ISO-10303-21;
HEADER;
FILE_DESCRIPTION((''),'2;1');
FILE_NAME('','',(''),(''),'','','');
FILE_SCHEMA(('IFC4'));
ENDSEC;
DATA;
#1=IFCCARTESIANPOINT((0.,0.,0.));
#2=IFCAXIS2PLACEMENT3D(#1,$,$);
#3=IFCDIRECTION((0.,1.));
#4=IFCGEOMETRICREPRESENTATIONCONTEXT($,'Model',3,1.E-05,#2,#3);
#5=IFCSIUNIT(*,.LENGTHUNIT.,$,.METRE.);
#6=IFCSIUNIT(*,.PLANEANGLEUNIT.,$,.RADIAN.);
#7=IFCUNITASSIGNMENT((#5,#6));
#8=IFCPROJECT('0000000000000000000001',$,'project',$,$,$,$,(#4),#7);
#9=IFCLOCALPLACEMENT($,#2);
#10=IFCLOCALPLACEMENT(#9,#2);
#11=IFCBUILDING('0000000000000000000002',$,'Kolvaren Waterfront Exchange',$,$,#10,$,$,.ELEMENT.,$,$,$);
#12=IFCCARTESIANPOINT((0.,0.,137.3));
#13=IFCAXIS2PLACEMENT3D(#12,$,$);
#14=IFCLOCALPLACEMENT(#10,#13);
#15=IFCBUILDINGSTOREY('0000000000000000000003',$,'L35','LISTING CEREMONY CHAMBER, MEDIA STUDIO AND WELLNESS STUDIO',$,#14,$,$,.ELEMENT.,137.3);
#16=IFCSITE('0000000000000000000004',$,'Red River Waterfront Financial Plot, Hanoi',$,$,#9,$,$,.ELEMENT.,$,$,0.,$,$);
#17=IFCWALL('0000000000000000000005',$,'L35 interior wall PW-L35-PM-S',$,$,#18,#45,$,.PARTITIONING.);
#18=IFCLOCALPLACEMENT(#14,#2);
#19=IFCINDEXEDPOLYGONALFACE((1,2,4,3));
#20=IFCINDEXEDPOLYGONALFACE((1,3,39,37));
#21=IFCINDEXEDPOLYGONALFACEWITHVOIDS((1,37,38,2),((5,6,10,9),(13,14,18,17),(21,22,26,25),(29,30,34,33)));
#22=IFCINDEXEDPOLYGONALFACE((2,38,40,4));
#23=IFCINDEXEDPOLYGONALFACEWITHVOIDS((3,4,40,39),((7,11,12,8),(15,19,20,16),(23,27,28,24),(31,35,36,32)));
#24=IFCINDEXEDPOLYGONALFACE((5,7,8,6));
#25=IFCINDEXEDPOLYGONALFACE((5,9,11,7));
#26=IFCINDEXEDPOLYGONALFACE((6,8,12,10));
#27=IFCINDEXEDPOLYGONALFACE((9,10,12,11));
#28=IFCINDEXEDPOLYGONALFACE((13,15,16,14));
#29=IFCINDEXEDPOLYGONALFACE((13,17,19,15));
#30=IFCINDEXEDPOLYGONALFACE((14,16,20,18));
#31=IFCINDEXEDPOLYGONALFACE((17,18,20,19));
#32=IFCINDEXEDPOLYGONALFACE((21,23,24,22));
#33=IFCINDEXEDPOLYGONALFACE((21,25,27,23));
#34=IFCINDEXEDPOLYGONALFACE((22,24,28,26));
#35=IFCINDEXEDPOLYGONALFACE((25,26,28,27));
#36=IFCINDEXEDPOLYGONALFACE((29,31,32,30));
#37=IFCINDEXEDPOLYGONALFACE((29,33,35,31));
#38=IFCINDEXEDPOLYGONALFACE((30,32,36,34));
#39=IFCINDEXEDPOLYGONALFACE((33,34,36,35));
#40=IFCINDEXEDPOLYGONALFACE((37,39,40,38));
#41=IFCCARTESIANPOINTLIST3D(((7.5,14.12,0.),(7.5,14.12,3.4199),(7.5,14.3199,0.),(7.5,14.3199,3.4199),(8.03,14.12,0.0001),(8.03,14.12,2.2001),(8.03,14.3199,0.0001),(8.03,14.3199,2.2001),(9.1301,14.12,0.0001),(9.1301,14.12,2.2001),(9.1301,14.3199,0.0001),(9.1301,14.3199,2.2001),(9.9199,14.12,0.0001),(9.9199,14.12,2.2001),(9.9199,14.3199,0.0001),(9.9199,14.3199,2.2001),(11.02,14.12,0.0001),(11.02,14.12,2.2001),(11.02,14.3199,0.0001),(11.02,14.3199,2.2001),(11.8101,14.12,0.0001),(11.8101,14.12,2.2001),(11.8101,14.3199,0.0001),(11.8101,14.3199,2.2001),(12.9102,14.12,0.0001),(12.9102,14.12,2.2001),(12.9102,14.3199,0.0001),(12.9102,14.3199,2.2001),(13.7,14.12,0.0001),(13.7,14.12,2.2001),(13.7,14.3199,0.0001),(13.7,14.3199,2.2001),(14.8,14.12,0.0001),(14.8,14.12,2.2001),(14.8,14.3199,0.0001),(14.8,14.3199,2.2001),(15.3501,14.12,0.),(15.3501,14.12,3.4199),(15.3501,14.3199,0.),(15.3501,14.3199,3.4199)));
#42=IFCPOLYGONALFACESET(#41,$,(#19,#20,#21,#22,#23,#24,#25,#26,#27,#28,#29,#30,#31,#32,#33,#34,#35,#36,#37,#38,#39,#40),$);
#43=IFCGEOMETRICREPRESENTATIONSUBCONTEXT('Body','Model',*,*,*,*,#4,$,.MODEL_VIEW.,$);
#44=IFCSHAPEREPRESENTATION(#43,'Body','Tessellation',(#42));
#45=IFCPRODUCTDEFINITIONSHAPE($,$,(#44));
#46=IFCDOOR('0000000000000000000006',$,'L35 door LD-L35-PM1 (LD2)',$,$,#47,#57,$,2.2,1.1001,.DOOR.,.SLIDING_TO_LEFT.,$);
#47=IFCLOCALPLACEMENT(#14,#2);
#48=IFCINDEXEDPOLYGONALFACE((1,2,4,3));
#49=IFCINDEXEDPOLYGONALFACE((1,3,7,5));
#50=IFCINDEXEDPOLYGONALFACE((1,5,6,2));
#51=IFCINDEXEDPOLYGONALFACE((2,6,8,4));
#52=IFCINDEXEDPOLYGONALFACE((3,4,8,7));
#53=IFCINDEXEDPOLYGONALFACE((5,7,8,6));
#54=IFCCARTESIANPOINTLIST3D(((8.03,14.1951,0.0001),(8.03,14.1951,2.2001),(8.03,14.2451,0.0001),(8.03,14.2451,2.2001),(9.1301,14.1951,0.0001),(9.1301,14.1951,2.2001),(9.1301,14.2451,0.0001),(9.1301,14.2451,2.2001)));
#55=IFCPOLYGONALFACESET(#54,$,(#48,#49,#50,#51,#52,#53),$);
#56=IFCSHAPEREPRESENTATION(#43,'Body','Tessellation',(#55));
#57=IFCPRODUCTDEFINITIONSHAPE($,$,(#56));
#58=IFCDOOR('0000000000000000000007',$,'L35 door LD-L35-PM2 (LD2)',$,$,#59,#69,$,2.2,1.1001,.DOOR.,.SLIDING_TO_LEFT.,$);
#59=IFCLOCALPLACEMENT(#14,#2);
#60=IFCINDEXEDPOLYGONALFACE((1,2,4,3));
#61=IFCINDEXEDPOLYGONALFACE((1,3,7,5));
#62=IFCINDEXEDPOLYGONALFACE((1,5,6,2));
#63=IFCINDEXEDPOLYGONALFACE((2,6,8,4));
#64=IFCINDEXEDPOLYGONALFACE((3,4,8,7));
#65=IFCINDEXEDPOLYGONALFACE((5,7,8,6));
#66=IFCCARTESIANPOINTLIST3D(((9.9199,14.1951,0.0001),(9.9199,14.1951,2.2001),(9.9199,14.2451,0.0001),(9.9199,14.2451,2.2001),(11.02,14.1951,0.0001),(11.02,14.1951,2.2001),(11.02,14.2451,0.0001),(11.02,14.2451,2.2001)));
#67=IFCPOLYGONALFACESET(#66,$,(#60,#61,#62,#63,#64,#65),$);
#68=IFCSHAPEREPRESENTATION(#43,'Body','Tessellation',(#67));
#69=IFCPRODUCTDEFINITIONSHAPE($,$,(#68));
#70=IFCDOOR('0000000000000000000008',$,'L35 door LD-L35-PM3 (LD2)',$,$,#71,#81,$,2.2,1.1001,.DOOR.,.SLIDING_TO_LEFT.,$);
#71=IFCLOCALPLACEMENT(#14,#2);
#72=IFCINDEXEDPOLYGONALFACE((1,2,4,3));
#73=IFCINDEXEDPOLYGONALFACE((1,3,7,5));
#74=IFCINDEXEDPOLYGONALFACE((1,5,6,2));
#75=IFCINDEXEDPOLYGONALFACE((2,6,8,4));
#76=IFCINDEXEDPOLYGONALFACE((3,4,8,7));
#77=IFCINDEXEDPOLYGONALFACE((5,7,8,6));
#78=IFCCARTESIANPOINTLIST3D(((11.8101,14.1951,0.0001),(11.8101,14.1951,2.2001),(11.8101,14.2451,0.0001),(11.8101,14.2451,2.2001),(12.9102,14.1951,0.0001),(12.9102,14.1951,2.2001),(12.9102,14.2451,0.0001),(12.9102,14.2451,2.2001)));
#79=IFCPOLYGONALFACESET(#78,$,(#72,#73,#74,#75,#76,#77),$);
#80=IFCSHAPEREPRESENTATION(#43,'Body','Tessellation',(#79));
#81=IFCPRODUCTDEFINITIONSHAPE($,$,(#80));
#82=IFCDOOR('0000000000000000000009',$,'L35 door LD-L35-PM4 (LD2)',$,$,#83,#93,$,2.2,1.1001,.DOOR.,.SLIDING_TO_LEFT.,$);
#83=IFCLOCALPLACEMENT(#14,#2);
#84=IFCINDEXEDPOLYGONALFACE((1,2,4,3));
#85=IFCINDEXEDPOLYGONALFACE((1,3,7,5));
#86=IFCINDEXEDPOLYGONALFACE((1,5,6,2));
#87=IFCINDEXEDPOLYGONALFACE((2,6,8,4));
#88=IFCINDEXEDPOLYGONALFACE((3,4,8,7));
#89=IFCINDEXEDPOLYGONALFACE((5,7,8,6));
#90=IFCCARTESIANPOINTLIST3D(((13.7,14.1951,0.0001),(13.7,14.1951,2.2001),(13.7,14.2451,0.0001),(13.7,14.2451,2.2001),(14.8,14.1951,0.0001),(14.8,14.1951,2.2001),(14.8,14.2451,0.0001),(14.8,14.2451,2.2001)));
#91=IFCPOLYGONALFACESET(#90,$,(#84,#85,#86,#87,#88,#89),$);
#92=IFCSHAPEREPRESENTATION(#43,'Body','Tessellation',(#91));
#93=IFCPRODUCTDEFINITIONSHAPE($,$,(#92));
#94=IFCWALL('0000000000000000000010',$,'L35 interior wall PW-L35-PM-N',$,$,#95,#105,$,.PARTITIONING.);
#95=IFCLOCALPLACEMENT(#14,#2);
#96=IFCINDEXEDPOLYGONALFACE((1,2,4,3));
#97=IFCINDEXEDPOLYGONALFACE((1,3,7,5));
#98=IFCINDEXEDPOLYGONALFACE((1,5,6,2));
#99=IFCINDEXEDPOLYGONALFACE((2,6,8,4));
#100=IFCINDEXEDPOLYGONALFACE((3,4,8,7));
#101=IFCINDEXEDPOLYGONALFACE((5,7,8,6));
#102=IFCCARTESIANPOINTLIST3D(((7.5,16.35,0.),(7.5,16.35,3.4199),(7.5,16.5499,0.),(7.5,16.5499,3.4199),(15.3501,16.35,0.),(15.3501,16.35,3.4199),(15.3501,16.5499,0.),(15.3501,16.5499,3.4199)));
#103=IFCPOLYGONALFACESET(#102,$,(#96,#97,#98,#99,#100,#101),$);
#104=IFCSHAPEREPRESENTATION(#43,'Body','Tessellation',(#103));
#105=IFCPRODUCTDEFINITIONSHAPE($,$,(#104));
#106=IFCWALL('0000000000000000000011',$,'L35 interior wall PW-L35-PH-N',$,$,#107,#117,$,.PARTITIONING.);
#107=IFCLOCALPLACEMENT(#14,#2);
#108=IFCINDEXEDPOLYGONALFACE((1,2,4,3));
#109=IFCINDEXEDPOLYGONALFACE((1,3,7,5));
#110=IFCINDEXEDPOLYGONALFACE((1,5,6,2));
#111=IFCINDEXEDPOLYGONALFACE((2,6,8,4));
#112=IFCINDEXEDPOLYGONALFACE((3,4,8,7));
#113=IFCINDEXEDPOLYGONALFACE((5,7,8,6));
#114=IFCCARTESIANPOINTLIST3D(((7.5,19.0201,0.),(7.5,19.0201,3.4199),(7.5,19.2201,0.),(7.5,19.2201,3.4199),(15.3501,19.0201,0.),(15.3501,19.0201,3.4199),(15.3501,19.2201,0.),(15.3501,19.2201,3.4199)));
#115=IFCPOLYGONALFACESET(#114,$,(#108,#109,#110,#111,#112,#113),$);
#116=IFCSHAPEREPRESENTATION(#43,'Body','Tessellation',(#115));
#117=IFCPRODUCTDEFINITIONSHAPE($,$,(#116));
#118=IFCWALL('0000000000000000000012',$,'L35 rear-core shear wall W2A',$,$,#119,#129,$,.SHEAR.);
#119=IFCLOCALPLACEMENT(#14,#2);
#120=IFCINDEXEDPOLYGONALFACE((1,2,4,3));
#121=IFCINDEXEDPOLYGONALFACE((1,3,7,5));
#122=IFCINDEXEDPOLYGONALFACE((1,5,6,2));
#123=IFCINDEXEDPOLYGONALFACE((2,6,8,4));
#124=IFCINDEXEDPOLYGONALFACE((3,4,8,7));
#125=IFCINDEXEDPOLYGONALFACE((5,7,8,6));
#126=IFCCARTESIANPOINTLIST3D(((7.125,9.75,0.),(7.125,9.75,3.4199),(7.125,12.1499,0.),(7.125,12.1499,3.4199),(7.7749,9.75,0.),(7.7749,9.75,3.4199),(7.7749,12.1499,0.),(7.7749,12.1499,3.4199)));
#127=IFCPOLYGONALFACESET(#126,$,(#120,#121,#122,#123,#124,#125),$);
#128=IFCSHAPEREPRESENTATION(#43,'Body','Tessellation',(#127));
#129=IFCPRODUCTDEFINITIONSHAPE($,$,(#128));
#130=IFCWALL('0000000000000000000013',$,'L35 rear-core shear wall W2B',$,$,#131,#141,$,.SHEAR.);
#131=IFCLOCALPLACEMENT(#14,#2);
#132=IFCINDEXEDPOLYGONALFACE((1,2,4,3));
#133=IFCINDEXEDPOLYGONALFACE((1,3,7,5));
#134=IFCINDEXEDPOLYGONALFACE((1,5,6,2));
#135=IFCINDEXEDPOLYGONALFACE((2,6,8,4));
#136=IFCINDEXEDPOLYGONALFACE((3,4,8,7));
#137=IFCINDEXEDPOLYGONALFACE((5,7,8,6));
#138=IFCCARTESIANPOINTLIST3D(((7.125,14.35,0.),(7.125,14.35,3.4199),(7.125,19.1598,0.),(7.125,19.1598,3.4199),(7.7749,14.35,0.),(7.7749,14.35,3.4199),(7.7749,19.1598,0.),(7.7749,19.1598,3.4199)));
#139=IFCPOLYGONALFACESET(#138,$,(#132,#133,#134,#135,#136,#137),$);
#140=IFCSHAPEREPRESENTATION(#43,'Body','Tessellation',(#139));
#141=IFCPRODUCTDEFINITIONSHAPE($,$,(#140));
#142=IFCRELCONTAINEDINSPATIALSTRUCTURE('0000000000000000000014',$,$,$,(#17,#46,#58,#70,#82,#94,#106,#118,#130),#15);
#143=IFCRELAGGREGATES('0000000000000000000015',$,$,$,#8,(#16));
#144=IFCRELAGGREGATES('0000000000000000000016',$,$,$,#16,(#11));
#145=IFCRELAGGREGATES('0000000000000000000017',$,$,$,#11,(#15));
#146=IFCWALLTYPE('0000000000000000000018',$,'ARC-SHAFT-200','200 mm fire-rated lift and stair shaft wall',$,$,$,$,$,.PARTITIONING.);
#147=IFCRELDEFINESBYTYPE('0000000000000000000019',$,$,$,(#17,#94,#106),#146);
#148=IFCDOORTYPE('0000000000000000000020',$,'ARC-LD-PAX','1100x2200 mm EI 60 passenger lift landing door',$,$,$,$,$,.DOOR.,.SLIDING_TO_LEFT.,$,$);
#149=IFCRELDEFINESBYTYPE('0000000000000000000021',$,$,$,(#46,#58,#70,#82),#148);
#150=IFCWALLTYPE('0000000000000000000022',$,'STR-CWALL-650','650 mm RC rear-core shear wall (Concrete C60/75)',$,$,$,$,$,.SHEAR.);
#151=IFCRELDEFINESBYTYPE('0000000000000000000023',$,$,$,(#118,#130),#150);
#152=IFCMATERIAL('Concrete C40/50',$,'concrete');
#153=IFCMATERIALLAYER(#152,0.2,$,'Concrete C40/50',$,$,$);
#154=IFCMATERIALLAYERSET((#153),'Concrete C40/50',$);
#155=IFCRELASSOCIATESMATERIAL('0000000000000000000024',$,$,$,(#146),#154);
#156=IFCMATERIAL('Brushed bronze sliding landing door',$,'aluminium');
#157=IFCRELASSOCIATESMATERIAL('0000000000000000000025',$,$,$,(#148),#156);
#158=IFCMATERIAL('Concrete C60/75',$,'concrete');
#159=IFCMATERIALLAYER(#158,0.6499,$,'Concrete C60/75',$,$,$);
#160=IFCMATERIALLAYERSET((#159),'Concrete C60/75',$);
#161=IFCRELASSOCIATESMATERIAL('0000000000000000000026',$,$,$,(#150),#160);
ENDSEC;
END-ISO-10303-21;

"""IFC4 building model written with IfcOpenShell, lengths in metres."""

from ifc_helpers import new_model, si_unit, direction, frame, frame_2d, origin, place, context, subcontext, project, spatial, rectangle, extrude, material, layer, layer_set, type_object, element, fill, save


model = new_model("IFC4")

# Units and contexts
model_context = context("Model", 3, precision=1e-05, world=origin(), true_north=direction((0.0, 1.0)))
body_context = subcontext(model_context, "Body", "Model", "MODEL_VIEW")
ifc_project = project(units=[si_unit("LENGTHUNIT", "METRE"), si_unit("PLANEANGLEUNIT", "RADIAN")], contexts=[model_context])

# Site, building, storey
site_placement = place(None, origin())
site = spatial("IfcSite", under=ifc_project, at=site_placement, Name="Red River Waterfront Financial Plot, Hanoi", CompositionType="ELEMENT", RefElevation=0.0)
building_placement = place(site_placement, origin())
building = spatial("IfcBuilding", under=site, at=building_placement, Name="Kolvaren Waterfront Exchange", CompositionType="ELEMENT")
storey_placement = place(building_placement, frame((0.0, 0.0, 137.3)))
storey = spatial("IfcBuildingStorey", under=building, at=storey_placement, Name="L35", Description="LISTING CEREMONY CHAMBER, MEDIA STUDIO AND WELLNESS STUDIO", CompositionType="ELEMENT", Elevation=137.3)

# Shared definitions
ifc_material_1 = material(Name="Concrete C60/75", Category="concrete")

# Wall, openings, doors
ifc_material_2 = material(Name="Concrete C40/50", Category="concrete")
ifc_layer_1 = layer(ifc_material_2, 0.2, Name="Concrete C40/50")
ifc_layer_set_1 = layer_set([ifc_layer_1], Name="Concrete C40/50")
wall_type_1 = type_object("IfcWallType", Name="ARC-SHAFT-200", Description="200 mm fire-rated lift and stair shaft wall", PredefinedType="PARTITIONING", material=ifc_layer_set_1)
wall_1_placement = place(storey_placement, frame((7.5, 14.22, 0.0), z_axis=(0.0, 0.0, 1.0), x_axis=(1.0, 0.0, 0.0)))
wall_1 = element("IfcWall", 1, at=wall_1_placement, inside=storey, type_object=wall_type_1, Name="L35 interior wall PW-L35-PM-S", PredefinedType="PARTITIONING", context=body_context, shape_type="SweptSolid", body=[
    extrude(rectangle(XDim=7.8501, YDim=0.2, at=frame_2d((3.925, 0.0))), origin(), (0.0, 0.0, 1.0), 3.4199),
])
opening_1_placement = place(wall_1_placement, frame((0.53, 0.0, 0.0)))
opening_1 = element("IfcOpeningElement", 2, at=opening_1_placement, cuts=wall_1, PredefinedType="OPENING", context=body_context, shape_type="SweptSolid", body=[
    extrude(rectangle(XDim=1.1001, YDim=2.2, at=frame_2d((0.55, 1.1001))), frame((0.0, 0.1099, 0.0), z_axis=(0.0, -1.0, 0.0), x_axis=(1.0, 0.0, 0.0)), (0.0, 0.0, 1.0), 0.22),
])
opening_2_placement = place(wall_1_placement, frame((2.4199, 0.0, 0.0)))
opening_2 = element("IfcOpeningElement", 3, at=opening_2_placement, cuts=wall_1, PredefinedType="OPENING", context=body_context, shape_type="SweptSolid", body=[
    extrude(rectangle(XDim=1.1001, YDim=2.2, at=frame_2d((0.55, 1.1001))), frame((0.0, 0.1099, 0.0), z_axis=(0.0, -1.0, 0.0), x_axis=(1.0, 0.0, 0.0)), (0.0, 0.0, 1.0), 0.22),
])
opening_3_placement = place(wall_1_placement, frame((4.3101, 0.0, 0.0)))
opening_3 = element("IfcOpeningElement", 4, at=opening_3_placement, cuts=wall_1, PredefinedType="OPENING", context=body_context, shape_type="SweptSolid", body=[
    extrude(rectangle(XDim=1.1001, YDim=2.2, at=frame_2d((0.55, 1.1001))), frame((0.0, 0.1099, 0.0), z_axis=(0.0, -1.0, 0.0), x_axis=(1.0, 0.0, 0.0)), (0.0, 0.0, 1.0), 0.22),
])
opening_4_placement = place(wall_1_placement, frame((6.2, 0.0, 0.0)))
opening_4 = element("IfcOpeningElement", 5, at=opening_4_placement, cuts=wall_1, PredefinedType="OPENING", context=body_context, shape_type="SweptSolid", body=[
    extrude(rectangle(XDim=1.1001, YDim=2.2, at=frame_2d((0.55, 1.1001))), frame((0.0, 0.1099, 0.0), z_axis=(0.0, -1.0, 0.0), x_axis=(1.0, 0.0, 0.0)), (0.0, 0.0, 1.0), 0.22),
])
ifc_material_3 = material(Name="Brushed bronze sliding landing door", Category="aluminium")
door_type_1 = type_object("IfcDoorType", Name="ARC-LD-PAX", Description="1100x2200 mm EI 60 passenger lift landing door", OperationType="SLIDING_TO_LEFT", PredefinedType="DOOR", material=ifc_material_3)
door_1_placement = place(opening_1_placement, frame((1.1001, 0.0, 0.0), z_axis=(0.0, 0.0, 1.0), x_axis=(-1.0, 0.0, 0.0)))
door_1 = element("IfcDoor", 6, at=door_1_placement, inside=storey, type_object=door_type_1, Name="L35 door LD-L35-PM1 (LD2)", OperationType="SLIDING_TO_LEFT", OverallHeight=2.2, OverallWidth=1.1001, PredefinedType="DOOR", context=body_context, shape_type="SweptSolid", body=[
    extrude(rectangle(XDim=1.1001, YDim=2.2, at=frame_2d((0.55, 1.1001))), frame((0.0, 0.0249, 0.0), z_axis=(0.0, -1.0, 0.0), x_axis=(1.0, 0.0, 0.0)), (0.0, 0.0, 1.0), 0.05),
])
fill(opening_1, door_1)
door_2_placement = place(opening_2_placement, frame((1.1001, 0.0, 0.0), z_axis=(0.0, 0.0, 1.0), x_axis=(-1.0, 0.0, 0.0)))
door_2 = element("IfcDoor", 7, at=door_2_placement, inside=storey, type_object=door_type_1, Name="L35 door LD-L35-PM2 (LD2)", OperationType="SLIDING_TO_LEFT", OverallHeight=2.2, OverallWidth=1.1001, PredefinedType="DOOR", context=body_context, shape_type="SweptSolid", body=[
    extrude(rectangle(XDim=1.1001, YDim=2.2, at=frame_2d((0.55, 1.1001))), frame((0.0, 0.0249, 0.0), z_axis=(0.0, -1.0, 0.0), x_axis=(1.0, 0.0, 0.0)), (0.0, 0.0, 1.0), 0.05),
])
fill(opening_2, door_2)
door_3_placement = place(opening_3_placement, frame((1.1001, 0.0, 0.0), z_axis=(0.0, 0.0, 1.0), x_axis=(-1.0, 0.0, 0.0)))
door_3 = element("IfcDoor", 8, at=door_3_placement, inside=storey, type_object=door_type_1, Name="L35 door LD-L35-PM3 (LD2)", OperationType="SLIDING_TO_LEFT", OverallHeight=2.2, OverallWidth=1.1001, PredefinedType="DOOR", context=body_context, shape_type="SweptSolid", body=[
    extrude(rectangle(XDim=1.1001, YDim=2.2, at=frame_2d((0.55, 1.1001))), frame((0.0, 0.0249, 0.0), z_axis=(0.0, -1.0, 0.0), x_axis=(1.0, 0.0, 0.0)), (0.0, 0.0, 1.0), 0.05),
])
fill(opening_3, door_3)
door_4_placement = place(opening_4_placement, frame((1.1001, 0.0, 0.0), z_axis=(0.0, 0.0, 1.0), x_axis=(-1.0, 0.0, 0.0)))
door_4 = element("IfcDoor", 9, at=door_4_placement, inside=storey, type_object=door_type_1, Name="L35 door LD-L35-PM4 (LD2)", OperationType="SLIDING_TO_LEFT", OverallHeight=2.2, OverallWidth=1.1001, PredefinedType="DOOR", context=body_context, shape_type="SweptSolid", body=[
    extrude(rectangle(XDim=1.1001, YDim=2.2, at=frame_2d((0.55, 1.1001))), frame((0.0, 0.0249, 0.0), z_axis=(0.0, -1.0, 0.0), x_axis=(1.0, 0.0, 0.0)), (0.0, 0.0, 1.0), 0.05),
])
fill(opening_4, door_4)

# Walls
for number, where, z_axis, x_axis, name in (
    (10, (7.5, 16.45, 0.0), (0.0, 0.0, 1.0), (1.0, 0.0, 0.0), "L35 interior wall PW-L35-PM-N"),
    (11, (7.5, 19.1201, 0.0), (0.0, 0.0, 1.0), (1.0, 0.0, 0.0), "L35 interior wall PW-L35-PH-N"),
):
    element("IfcWall", number, at=place(storey_placement, frame(where, z_axis=z_axis, x_axis=x_axis)), inside=storey, type_object=wall_type_1, Name=name, PredefinedType="PARTITIONING", context=body_context, shape_type="SweptSolid", body=[
        extrude(rectangle(XDim=7.8501, YDim=0.2, at=frame_2d((3.925, 0.0))), origin(), (0.0, 0.0, 1.0), 3.4199),
    ])
ifc_layer_2 = layer(ifc_material_1, 0.6499, Name="Concrete C60/75")
ifc_layer_set_2 = layer_set([ifc_layer_2], Name="Concrete C60/75")
wall_type_2 = type_object("IfcWallType", Name="STR-CWALL-650", Description="650 mm RC rear-core shear wall (Concrete C60/75)", PredefinedType="SHEAR", material=ifc_layer_set_2)
wall_2_placement = place(storey_placement, frame((7.45, 9.75, 0.0), z_axis=(0.0, 0.0, 1.0), x_axis=(0.0, 1.0, 0.0)))
element("IfcWall", 12, at=wall_2_placement, inside=storey, type_object=wall_type_2, Name="L35 rear-core shear wall W2A", PredefinedType="SHEAR", context=body_context, shape_type="SweptSolid", body=[
    extrude(rectangle(XDim=2.3999, YDim=0.6499, at=frame_2d((1.2, 0.0))), origin(), (0.0, 0.0, 1.0), 3.4199),
])
wall_3_placement = place(storey_placement, frame((7.45, 14.3501, 0.0), z_axis=(0.0, 0.0, 1.0), x_axis=(0.0, 1.0, 0.0)))
element("IfcWall", 13, at=wall_3_placement, inside=storey, type_object=wall_type_2, Name="L35 rear-core shear wall W2B", PredefinedType="SHEAR", context=body_context, shape_type="SweptSolid", body=[
    extrude(rectangle(XDim=4.8098, YDim=0.6499, at=frame_2d((2.4048, 0.0))), origin(), (0.0, 0.0, 1.0), 3.4199),
])

save(model, "model.ifc")
